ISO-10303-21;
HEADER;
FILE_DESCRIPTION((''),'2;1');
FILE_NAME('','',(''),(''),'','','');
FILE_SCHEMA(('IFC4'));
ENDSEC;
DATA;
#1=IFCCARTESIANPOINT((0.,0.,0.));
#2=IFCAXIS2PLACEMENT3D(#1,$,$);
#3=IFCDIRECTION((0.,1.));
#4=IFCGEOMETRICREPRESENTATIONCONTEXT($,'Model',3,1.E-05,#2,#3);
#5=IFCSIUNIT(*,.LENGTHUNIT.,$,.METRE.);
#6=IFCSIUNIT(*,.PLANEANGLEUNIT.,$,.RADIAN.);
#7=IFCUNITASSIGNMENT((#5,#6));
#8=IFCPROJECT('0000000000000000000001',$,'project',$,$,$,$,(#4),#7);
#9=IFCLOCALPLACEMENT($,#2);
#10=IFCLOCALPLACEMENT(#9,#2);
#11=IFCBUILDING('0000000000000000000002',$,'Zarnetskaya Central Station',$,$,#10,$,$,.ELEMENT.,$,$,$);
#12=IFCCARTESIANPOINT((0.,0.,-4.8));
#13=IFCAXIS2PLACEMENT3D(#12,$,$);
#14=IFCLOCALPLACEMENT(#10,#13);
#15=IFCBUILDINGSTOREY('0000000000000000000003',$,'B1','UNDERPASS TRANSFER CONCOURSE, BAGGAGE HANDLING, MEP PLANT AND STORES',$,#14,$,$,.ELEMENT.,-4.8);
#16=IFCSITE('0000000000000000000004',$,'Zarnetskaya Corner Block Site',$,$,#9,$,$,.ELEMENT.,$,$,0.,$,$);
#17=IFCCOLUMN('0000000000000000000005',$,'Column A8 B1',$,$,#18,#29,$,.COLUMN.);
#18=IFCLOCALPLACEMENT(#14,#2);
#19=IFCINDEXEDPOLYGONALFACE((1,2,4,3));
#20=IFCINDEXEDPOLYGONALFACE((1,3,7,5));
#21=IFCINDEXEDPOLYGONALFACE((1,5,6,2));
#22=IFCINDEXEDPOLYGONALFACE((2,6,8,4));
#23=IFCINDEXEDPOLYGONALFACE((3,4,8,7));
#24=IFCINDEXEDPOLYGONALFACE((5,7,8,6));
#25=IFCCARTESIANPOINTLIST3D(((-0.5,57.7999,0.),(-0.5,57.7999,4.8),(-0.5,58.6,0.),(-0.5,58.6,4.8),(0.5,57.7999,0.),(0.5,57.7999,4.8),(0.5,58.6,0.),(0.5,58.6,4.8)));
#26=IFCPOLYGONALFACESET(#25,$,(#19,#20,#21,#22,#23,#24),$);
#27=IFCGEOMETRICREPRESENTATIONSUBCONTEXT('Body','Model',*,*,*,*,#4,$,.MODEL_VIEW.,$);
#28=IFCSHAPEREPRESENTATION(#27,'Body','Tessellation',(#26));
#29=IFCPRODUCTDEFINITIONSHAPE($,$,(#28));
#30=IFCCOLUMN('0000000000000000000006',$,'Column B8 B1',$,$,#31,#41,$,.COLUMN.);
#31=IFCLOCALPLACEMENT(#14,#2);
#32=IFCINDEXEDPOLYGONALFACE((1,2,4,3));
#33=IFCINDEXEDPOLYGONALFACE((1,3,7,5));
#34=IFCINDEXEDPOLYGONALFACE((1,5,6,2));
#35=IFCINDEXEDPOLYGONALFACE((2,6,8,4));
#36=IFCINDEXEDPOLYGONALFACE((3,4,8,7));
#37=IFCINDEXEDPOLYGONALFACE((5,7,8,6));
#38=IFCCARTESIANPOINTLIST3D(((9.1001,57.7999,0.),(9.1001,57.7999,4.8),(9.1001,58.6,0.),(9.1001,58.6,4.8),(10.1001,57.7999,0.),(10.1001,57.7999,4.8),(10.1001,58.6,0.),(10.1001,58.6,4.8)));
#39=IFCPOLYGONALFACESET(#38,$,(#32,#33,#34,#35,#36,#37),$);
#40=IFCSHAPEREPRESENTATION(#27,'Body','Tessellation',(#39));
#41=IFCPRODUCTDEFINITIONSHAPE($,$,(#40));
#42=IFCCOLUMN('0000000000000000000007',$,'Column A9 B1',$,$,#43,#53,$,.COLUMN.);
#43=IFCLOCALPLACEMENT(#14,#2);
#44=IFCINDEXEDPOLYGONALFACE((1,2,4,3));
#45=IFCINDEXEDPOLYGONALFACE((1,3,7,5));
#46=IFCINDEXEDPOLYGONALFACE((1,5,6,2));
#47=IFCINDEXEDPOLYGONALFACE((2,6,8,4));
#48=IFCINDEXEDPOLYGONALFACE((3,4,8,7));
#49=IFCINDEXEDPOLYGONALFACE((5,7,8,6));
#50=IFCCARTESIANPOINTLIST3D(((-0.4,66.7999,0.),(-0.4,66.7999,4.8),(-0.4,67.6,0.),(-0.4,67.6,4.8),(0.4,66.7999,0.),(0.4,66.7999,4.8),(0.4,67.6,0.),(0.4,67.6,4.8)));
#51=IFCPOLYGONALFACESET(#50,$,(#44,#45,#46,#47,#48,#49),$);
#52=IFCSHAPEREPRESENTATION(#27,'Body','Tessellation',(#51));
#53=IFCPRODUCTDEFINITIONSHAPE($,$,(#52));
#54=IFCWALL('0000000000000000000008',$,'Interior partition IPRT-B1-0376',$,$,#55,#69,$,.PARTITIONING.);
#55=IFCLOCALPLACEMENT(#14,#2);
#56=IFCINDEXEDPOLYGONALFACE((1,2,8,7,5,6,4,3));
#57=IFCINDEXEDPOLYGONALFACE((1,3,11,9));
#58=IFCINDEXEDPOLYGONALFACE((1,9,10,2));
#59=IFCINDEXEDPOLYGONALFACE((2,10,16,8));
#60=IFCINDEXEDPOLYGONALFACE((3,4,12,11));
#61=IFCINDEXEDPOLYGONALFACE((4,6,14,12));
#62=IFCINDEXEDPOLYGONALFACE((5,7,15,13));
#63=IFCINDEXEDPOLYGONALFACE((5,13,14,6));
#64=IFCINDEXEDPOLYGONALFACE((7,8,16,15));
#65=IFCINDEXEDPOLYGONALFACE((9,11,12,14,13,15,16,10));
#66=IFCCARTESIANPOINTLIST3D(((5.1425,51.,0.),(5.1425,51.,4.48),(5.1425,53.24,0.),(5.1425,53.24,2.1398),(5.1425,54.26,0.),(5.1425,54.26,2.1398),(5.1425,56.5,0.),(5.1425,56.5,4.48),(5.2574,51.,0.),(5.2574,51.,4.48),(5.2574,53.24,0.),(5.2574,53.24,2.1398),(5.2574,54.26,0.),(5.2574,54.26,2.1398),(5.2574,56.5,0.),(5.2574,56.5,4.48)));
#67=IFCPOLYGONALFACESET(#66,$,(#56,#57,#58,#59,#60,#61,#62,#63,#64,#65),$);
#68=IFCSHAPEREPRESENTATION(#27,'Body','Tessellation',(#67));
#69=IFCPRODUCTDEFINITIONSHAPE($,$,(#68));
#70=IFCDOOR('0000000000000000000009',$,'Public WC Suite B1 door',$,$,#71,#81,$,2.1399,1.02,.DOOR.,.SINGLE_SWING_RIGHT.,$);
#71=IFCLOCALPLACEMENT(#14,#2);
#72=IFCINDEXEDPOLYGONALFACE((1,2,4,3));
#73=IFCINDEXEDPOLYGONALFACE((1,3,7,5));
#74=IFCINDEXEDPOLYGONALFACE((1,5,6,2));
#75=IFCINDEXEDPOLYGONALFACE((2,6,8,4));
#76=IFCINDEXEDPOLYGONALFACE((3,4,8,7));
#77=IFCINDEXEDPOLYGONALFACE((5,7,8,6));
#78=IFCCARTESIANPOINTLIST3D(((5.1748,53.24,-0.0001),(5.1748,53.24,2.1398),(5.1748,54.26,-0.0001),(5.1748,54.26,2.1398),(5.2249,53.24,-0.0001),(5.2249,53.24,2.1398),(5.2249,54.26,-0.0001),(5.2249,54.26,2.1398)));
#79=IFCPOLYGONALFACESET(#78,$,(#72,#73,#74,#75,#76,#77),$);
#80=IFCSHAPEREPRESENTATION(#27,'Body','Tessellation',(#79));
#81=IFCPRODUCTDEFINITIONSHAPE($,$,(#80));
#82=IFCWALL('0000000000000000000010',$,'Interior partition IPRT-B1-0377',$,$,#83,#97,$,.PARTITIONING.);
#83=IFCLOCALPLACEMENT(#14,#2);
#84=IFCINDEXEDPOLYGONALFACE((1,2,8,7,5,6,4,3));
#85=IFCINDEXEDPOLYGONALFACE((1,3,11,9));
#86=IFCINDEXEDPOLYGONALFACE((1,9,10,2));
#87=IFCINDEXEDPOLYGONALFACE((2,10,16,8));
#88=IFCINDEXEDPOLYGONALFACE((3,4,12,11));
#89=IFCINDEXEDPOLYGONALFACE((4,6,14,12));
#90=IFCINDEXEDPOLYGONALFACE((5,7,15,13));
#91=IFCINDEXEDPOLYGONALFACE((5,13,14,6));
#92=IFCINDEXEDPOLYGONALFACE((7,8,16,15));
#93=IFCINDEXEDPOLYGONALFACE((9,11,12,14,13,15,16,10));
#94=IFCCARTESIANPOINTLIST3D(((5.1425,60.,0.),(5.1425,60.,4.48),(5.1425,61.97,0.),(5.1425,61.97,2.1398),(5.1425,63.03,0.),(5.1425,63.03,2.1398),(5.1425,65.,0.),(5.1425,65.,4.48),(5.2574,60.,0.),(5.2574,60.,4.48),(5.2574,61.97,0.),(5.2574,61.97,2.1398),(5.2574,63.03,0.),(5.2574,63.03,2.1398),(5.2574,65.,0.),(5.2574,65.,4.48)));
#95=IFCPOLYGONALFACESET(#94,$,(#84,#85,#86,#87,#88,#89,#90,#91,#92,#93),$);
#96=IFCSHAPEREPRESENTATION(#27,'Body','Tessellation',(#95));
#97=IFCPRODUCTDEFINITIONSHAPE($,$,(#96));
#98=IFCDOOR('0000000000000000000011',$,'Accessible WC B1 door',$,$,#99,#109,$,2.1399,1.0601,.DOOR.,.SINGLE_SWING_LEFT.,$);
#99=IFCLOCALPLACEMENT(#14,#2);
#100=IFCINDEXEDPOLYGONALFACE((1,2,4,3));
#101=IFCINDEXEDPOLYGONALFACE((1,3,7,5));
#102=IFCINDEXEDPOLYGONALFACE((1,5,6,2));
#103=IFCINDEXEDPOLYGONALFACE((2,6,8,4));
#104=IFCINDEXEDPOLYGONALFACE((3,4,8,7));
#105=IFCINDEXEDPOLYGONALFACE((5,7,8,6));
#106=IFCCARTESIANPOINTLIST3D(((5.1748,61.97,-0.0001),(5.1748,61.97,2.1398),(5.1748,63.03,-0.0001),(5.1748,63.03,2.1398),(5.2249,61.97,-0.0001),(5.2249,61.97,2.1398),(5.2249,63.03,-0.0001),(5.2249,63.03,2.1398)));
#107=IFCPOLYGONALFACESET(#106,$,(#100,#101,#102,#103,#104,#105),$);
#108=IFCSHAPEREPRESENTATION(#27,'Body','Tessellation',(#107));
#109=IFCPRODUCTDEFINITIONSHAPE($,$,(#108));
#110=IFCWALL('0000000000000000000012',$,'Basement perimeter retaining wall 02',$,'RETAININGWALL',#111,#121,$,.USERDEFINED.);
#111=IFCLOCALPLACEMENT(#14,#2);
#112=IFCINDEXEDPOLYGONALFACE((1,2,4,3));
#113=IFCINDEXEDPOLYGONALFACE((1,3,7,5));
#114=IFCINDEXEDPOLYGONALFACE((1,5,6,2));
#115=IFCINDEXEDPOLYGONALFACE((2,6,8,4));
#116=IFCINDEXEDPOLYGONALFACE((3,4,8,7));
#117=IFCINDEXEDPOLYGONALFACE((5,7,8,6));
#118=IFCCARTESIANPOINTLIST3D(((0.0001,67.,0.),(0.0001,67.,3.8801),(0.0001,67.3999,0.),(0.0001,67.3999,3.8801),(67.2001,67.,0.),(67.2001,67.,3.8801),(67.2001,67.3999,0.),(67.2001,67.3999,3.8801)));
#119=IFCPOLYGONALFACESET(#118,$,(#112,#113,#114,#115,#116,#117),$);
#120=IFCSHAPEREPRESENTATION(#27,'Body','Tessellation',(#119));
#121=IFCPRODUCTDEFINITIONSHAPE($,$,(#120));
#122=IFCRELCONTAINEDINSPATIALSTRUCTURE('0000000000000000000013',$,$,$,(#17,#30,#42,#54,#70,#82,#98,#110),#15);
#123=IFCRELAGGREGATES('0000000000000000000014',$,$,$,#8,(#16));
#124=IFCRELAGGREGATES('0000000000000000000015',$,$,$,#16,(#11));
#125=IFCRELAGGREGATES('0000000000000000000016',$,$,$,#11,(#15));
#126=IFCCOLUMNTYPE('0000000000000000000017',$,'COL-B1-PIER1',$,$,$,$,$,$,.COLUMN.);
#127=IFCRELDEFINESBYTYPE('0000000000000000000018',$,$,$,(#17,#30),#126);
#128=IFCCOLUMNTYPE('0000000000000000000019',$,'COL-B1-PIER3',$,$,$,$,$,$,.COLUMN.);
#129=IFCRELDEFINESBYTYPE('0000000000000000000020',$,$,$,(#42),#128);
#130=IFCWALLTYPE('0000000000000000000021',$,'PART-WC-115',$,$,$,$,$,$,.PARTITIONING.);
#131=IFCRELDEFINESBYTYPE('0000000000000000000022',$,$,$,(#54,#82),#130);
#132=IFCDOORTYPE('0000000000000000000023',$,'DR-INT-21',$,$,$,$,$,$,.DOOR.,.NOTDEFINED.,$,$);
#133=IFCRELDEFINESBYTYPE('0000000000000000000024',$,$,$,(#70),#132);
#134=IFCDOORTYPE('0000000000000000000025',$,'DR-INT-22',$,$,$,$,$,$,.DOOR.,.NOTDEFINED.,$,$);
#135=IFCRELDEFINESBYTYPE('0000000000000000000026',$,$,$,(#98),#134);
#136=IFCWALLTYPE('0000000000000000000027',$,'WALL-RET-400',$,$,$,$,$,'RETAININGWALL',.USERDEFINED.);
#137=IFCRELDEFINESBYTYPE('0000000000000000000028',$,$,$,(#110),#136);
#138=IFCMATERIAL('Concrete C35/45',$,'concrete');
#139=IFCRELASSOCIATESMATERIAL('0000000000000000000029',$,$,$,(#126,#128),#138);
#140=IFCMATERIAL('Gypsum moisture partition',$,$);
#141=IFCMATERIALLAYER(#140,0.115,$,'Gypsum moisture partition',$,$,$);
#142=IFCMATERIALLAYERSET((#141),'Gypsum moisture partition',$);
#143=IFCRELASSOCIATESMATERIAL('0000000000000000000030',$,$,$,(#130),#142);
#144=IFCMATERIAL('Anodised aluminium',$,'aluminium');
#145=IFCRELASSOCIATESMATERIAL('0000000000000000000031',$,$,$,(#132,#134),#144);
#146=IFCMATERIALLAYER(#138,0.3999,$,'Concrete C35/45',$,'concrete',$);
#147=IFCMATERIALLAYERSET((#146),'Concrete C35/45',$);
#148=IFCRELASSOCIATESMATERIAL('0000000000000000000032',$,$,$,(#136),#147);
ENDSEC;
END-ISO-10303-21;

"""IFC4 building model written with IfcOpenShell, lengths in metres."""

from ifc_helpers import new_model, si_unit, direction, frame, frame_2d, origin, origin_2d, place, context, subcontext, project, spatial, rectangle, extrude, material, layer, layer_set, material_profile, profile_set, type_object, element, fill, save


model = new_model("IFC4")

# Units and contexts
model_context = context("Model", 3, precision=1e-05, world=origin(), true_north=direction((0.0, 1.0)))
body_context = subcontext(model_context, "Body", "Model", "MODEL_VIEW")
ifc_project = project(units=[si_unit("LENGTHUNIT", "METRE"), si_unit("PLANEANGLEUNIT", "RADIAN")], contexts=[model_context])

# Site, building, storey
site_placement = place(None, origin())
site = spatial("IfcSite", under=ifc_project, at=site_placement, Name="Zarnetskaya Corner Block Site", CompositionType="ELEMENT", RefElevation=0.0)
building_placement = place(site_placement, origin())
building = spatial("IfcBuilding", under=site, at=building_placement, Name="Zarnetskaya Central Station", CompositionType="ELEMENT")
storey_placement = place(building_placement, frame((0.0, 0.0, -4.8)))
storey = spatial("IfcBuildingStorey", under=building, at=storey_placement, Name="B1", Description="UNDERPASS TRANSFER CONCOURSE, BAGGAGE HANDLING, MEP PLANT AND STORES", CompositionType="ELEMENT", Elevation=-4.8)

# Shared definitions
ifc_material_1 = material(Name="Concrete C35/45", Category="concrete")

# Columns
ifc_material_profile_1 = material_profile(ifc_material_1, rectangle(XDim=1.0, YDim=0.8, at=origin_2d()), Name="RC PIER 1000x800")
ifc_profile_set_1 = profile_set([ifc_material_profile_1], Name="Concrete C35/45")
column_type_1 = type_object("IfcColumnType", Name="COL-B1-PIER1", PredefinedType="COLUMN", material=ifc_profile_set_1)
for number, where, z_axis, x_axis, name in (
    (1, (0.0, 58.2, 0.0), (0.0, 0.0, 1.0), (1.0, 0.0, 0.0), "Column A8 B1"),
    (2, (9.6001, 58.2, 0.0), (0.0, 0.0, 1.0), (1.0, 0.0, 0.0), "Column B8 B1"),
):
    element("IfcColumn", number, at=place(storey_placement, frame(where, z_axis=z_axis, x_axis=x_axis)), inside=storey, type_object=column_type_1, Name=name, PredefinedType="COLUMN", context=body_context, shape_type="SweptSolid", body=[
        extrude(rectangle(XDim=1.0, YDim=0.8, at=origin_2d()), origin(), (0.0, 0.0, 1.0), 4.8),
    ])
ifc_material_profile_2 = material_profile(ifc_material_1, rectangle(XDim=0.8, YDim=0.8, at=origin_2d()), Name="RC 800x800")
ifc_profile_set_2 = profile_set([ifc_material_profile_2], Name="Concrete C35/45")
column_type_2 = type_object("IfcColumnType", Name="COL-B1-PIER3", PredefinedType="COLUMN", material=ifc_profile_set_2)
column_placement = place(storey_placement, frame((0.0, 67.2, 0.0), z_axis=(0.0, 0.0, 1.0), x_axis=(1.0, 0.0, 0.0)))
element("IfcColumn", 3, at=column_placement, inside=storey, type_object=column_type_2, Name="Column A9 B1", PredefinedType="COLUMN", context=body_context, shape_type="SweptSolid", body=[
    extrude(rectangle(XDim=0.8, YDim=0.8, at=origin_2d()), origin(), (0.0, 0.0, 1.0), 4.8),
])

# Walls, openings, doors
ifc_material_2 = material(Name="Gypsum moisture partition")
ifc_layer_1 = layer(ifc_material_2, 0.115, Name="Gypsum moisture partition")
ifc_layer_set_1 = layer_set([ifc_layer_1], Name="Gypsum moisture partition")
wall_type_1 = type_object("IfcWallType", Name="PART-WC-115", PredefinedType="PARTITIONING", material=ifc_layer_set_1)
wall_1_placement = place(storey_placement, frame((5.2, 56.5, 0.0), z_axis=(0.0, 0.0, 1.0), x_axis=(0.0, -1.0, 0.0)))
wall_1 = element("IfcWall", 4, at=wall_1_placement, inside=storey, type_object=wall_type_1, Name="Interior partition IPRT-B1-0376", PredefinedType="PARTITIONING", context=body_context, shape_type="SweptSolid", body=[
    extrude(rectangle(XDim=5.5, YDim=0.115, at=frame_2d((2.75, 0.0))), origin(), (0.0, 0.0, 1.0), 4.48),
])
opening_1_placement = place(wall_1_placement, frame((2.24, 0.0, 0.0)))
opening_1 = element("IfcOpeningElement", 5, at=opening_1_placement, cuts=wall_1, PredefinedType="OPENING", context=body_context, shape_type="SweptSolid", body=[
    extrude(rectangle(XDim=1.02, YDim=2.1399, at=frame_2d((0.51, 1.0698))), frame((0.0, 0.0674, 0.0), z_axis=(0.0, -1.0, 0.0), x_axis=(1.0, 0.0, 0.0)), (0.0, 0.0, 1.0), 0.135),
])
ifc_material_3 = material(Name="Anodised aluminium", Category="aluminium")
door_type_1 = type_object("IfcDoorType", Name="DR-INT-21", OperationType="NOTDEFINED", PredefinedType="DOOR", material=ifc_material_3)
door_1_placement = place(opening_1_placement, origin())
door_1 = element("IfcDoor", 6, at=door_1_placement, inside=storey, type_object=door_type_1, Name="Public WC Suite B1 door", OperationType="SINGLE_SWING_RIGHT", OverallHeight=2.1399, OverallWidth=1.02, PredefinedType="DOOR", context=body_context, shape_type="SweptSolid", body=[
    extrude(rectangle(XDim=1.02, YDim=2.1399, at=frame_2d((0.51, 1.0698))), frame((0.0, 0.0249, 0.0), z_axis=(0.0, -1.0, 0.0), x_axis=(1.0, 0.0, 0.0)), (0.0, 0.0, 1.0), 0.05),
])
fill(opening_1, door_1)
wall_2_placement = place(storey_placement, frame((5.2, 65.0, 0.0), z_axis=(0.0, 0.0, 1.0), x_axis=(0.0, -1.0, 0.0)))
wall_2 = element("IfcWall", 7, at=wall_2_placement, inside=storey, type_object=wall_type_1, Name="Interior partition IPRT-B1-0377", PredefinedType="PARTITIONING", context=body_context, shape_type="SweptSolid", body=[
    extrude(rectangle(XDim=5.0, YDim=0.115, at=frame_2d((2.5, 0.0))), origin(), (0.0, 0.0, 1.0), 4.48),
])
opening_2_placement = place(wall_2_placement, frame((1.97, 0.0, 0.0)))
opening_2 = element("IfcOpeningElement", 8, at=opening_2_placement, cuts=wall_2, PredefinedType="OPENING", context=body_context, shape_type="SweptSolid", body=[
    extrude(rectangle(XDim=1.0601, YDim=2.1399, at=frame_2d((0.53, 1.0698))), frame((0.0, 0.0674, 0.0), z_axis=(0.0, -1.0, 0.0), x_axis=(1.0, 0.0, 0.0)), (0.0, 0.0, 1.0), 0.135),
])
door_type_2 = type_object("IfcDoorType", Name="DR-INT-22", OperationType="NOTDEFINED", PredefinedType="DOOR", material=ifc_material_3)
door_2_placement = place(opening_2_placement, origin())
door_2 = element("IfcDoor", 9, at=door_2_placement, inside=storey, type_object=door_type_2, Name="Accessible WC B1 door", OperationType="SINGLE_SWING_LEFT", OverallHeight=2.1399, OverallWidth=1.0601, PredefinedType="DOOR", context=body_context, shape_type="SweptSolid", body=[
    extrude(rectangle(XDim=1.0601, YDim=2.1399, at=frame_2d((0.53, 1.0698))), frame((0.0, 0.0249, 0.0), z_axis=(0.0, -1.0, 0.0), x_axis=(1.0, 0.0, 0.0)), (0.0, 0.0, 1.0), 0.05),
])
fill(opening_2, door_2)

# Wall
ifc_layer_2 = layer(ifc_material_1, 0.3999, Name="Concrete C35/45", Category="concrete")
ifc_layer_set_2 = layer_set([ifc_layer_2], Name="Concrete C35/45")
wall_type_2 = type_object("IfcWallType", Name="WALL-RET-400", ElementType="RETAININGWALL", PredefinedType="USERDEFINED", material=ifc_layer_set_2)
wall_3_placement = place(storey_placement, frame((0.0, 67.2, 0.0), z_axis=(0.0, 0.0, 1.0), x_axis=(1.0, 0.0, 0.0)))
element("IfcWall", 10, at=wall_3_placement, inside=storey, type_object=wall_type_2, Name="Basement perimeter retaining wall 02", ObjectType="RETAININGWALL", PredefinedType="USERDEFINED", context=body_context, shape_type="SweptSolid", body=[
    extrude(rectangle(XDim=67.2, YDim=0.3999, at=frame_2d((33.6001, 0.0))), origin(), (0.0, 0.0, 1.0), 3.8801),
])

save(model, "model.ifc")
